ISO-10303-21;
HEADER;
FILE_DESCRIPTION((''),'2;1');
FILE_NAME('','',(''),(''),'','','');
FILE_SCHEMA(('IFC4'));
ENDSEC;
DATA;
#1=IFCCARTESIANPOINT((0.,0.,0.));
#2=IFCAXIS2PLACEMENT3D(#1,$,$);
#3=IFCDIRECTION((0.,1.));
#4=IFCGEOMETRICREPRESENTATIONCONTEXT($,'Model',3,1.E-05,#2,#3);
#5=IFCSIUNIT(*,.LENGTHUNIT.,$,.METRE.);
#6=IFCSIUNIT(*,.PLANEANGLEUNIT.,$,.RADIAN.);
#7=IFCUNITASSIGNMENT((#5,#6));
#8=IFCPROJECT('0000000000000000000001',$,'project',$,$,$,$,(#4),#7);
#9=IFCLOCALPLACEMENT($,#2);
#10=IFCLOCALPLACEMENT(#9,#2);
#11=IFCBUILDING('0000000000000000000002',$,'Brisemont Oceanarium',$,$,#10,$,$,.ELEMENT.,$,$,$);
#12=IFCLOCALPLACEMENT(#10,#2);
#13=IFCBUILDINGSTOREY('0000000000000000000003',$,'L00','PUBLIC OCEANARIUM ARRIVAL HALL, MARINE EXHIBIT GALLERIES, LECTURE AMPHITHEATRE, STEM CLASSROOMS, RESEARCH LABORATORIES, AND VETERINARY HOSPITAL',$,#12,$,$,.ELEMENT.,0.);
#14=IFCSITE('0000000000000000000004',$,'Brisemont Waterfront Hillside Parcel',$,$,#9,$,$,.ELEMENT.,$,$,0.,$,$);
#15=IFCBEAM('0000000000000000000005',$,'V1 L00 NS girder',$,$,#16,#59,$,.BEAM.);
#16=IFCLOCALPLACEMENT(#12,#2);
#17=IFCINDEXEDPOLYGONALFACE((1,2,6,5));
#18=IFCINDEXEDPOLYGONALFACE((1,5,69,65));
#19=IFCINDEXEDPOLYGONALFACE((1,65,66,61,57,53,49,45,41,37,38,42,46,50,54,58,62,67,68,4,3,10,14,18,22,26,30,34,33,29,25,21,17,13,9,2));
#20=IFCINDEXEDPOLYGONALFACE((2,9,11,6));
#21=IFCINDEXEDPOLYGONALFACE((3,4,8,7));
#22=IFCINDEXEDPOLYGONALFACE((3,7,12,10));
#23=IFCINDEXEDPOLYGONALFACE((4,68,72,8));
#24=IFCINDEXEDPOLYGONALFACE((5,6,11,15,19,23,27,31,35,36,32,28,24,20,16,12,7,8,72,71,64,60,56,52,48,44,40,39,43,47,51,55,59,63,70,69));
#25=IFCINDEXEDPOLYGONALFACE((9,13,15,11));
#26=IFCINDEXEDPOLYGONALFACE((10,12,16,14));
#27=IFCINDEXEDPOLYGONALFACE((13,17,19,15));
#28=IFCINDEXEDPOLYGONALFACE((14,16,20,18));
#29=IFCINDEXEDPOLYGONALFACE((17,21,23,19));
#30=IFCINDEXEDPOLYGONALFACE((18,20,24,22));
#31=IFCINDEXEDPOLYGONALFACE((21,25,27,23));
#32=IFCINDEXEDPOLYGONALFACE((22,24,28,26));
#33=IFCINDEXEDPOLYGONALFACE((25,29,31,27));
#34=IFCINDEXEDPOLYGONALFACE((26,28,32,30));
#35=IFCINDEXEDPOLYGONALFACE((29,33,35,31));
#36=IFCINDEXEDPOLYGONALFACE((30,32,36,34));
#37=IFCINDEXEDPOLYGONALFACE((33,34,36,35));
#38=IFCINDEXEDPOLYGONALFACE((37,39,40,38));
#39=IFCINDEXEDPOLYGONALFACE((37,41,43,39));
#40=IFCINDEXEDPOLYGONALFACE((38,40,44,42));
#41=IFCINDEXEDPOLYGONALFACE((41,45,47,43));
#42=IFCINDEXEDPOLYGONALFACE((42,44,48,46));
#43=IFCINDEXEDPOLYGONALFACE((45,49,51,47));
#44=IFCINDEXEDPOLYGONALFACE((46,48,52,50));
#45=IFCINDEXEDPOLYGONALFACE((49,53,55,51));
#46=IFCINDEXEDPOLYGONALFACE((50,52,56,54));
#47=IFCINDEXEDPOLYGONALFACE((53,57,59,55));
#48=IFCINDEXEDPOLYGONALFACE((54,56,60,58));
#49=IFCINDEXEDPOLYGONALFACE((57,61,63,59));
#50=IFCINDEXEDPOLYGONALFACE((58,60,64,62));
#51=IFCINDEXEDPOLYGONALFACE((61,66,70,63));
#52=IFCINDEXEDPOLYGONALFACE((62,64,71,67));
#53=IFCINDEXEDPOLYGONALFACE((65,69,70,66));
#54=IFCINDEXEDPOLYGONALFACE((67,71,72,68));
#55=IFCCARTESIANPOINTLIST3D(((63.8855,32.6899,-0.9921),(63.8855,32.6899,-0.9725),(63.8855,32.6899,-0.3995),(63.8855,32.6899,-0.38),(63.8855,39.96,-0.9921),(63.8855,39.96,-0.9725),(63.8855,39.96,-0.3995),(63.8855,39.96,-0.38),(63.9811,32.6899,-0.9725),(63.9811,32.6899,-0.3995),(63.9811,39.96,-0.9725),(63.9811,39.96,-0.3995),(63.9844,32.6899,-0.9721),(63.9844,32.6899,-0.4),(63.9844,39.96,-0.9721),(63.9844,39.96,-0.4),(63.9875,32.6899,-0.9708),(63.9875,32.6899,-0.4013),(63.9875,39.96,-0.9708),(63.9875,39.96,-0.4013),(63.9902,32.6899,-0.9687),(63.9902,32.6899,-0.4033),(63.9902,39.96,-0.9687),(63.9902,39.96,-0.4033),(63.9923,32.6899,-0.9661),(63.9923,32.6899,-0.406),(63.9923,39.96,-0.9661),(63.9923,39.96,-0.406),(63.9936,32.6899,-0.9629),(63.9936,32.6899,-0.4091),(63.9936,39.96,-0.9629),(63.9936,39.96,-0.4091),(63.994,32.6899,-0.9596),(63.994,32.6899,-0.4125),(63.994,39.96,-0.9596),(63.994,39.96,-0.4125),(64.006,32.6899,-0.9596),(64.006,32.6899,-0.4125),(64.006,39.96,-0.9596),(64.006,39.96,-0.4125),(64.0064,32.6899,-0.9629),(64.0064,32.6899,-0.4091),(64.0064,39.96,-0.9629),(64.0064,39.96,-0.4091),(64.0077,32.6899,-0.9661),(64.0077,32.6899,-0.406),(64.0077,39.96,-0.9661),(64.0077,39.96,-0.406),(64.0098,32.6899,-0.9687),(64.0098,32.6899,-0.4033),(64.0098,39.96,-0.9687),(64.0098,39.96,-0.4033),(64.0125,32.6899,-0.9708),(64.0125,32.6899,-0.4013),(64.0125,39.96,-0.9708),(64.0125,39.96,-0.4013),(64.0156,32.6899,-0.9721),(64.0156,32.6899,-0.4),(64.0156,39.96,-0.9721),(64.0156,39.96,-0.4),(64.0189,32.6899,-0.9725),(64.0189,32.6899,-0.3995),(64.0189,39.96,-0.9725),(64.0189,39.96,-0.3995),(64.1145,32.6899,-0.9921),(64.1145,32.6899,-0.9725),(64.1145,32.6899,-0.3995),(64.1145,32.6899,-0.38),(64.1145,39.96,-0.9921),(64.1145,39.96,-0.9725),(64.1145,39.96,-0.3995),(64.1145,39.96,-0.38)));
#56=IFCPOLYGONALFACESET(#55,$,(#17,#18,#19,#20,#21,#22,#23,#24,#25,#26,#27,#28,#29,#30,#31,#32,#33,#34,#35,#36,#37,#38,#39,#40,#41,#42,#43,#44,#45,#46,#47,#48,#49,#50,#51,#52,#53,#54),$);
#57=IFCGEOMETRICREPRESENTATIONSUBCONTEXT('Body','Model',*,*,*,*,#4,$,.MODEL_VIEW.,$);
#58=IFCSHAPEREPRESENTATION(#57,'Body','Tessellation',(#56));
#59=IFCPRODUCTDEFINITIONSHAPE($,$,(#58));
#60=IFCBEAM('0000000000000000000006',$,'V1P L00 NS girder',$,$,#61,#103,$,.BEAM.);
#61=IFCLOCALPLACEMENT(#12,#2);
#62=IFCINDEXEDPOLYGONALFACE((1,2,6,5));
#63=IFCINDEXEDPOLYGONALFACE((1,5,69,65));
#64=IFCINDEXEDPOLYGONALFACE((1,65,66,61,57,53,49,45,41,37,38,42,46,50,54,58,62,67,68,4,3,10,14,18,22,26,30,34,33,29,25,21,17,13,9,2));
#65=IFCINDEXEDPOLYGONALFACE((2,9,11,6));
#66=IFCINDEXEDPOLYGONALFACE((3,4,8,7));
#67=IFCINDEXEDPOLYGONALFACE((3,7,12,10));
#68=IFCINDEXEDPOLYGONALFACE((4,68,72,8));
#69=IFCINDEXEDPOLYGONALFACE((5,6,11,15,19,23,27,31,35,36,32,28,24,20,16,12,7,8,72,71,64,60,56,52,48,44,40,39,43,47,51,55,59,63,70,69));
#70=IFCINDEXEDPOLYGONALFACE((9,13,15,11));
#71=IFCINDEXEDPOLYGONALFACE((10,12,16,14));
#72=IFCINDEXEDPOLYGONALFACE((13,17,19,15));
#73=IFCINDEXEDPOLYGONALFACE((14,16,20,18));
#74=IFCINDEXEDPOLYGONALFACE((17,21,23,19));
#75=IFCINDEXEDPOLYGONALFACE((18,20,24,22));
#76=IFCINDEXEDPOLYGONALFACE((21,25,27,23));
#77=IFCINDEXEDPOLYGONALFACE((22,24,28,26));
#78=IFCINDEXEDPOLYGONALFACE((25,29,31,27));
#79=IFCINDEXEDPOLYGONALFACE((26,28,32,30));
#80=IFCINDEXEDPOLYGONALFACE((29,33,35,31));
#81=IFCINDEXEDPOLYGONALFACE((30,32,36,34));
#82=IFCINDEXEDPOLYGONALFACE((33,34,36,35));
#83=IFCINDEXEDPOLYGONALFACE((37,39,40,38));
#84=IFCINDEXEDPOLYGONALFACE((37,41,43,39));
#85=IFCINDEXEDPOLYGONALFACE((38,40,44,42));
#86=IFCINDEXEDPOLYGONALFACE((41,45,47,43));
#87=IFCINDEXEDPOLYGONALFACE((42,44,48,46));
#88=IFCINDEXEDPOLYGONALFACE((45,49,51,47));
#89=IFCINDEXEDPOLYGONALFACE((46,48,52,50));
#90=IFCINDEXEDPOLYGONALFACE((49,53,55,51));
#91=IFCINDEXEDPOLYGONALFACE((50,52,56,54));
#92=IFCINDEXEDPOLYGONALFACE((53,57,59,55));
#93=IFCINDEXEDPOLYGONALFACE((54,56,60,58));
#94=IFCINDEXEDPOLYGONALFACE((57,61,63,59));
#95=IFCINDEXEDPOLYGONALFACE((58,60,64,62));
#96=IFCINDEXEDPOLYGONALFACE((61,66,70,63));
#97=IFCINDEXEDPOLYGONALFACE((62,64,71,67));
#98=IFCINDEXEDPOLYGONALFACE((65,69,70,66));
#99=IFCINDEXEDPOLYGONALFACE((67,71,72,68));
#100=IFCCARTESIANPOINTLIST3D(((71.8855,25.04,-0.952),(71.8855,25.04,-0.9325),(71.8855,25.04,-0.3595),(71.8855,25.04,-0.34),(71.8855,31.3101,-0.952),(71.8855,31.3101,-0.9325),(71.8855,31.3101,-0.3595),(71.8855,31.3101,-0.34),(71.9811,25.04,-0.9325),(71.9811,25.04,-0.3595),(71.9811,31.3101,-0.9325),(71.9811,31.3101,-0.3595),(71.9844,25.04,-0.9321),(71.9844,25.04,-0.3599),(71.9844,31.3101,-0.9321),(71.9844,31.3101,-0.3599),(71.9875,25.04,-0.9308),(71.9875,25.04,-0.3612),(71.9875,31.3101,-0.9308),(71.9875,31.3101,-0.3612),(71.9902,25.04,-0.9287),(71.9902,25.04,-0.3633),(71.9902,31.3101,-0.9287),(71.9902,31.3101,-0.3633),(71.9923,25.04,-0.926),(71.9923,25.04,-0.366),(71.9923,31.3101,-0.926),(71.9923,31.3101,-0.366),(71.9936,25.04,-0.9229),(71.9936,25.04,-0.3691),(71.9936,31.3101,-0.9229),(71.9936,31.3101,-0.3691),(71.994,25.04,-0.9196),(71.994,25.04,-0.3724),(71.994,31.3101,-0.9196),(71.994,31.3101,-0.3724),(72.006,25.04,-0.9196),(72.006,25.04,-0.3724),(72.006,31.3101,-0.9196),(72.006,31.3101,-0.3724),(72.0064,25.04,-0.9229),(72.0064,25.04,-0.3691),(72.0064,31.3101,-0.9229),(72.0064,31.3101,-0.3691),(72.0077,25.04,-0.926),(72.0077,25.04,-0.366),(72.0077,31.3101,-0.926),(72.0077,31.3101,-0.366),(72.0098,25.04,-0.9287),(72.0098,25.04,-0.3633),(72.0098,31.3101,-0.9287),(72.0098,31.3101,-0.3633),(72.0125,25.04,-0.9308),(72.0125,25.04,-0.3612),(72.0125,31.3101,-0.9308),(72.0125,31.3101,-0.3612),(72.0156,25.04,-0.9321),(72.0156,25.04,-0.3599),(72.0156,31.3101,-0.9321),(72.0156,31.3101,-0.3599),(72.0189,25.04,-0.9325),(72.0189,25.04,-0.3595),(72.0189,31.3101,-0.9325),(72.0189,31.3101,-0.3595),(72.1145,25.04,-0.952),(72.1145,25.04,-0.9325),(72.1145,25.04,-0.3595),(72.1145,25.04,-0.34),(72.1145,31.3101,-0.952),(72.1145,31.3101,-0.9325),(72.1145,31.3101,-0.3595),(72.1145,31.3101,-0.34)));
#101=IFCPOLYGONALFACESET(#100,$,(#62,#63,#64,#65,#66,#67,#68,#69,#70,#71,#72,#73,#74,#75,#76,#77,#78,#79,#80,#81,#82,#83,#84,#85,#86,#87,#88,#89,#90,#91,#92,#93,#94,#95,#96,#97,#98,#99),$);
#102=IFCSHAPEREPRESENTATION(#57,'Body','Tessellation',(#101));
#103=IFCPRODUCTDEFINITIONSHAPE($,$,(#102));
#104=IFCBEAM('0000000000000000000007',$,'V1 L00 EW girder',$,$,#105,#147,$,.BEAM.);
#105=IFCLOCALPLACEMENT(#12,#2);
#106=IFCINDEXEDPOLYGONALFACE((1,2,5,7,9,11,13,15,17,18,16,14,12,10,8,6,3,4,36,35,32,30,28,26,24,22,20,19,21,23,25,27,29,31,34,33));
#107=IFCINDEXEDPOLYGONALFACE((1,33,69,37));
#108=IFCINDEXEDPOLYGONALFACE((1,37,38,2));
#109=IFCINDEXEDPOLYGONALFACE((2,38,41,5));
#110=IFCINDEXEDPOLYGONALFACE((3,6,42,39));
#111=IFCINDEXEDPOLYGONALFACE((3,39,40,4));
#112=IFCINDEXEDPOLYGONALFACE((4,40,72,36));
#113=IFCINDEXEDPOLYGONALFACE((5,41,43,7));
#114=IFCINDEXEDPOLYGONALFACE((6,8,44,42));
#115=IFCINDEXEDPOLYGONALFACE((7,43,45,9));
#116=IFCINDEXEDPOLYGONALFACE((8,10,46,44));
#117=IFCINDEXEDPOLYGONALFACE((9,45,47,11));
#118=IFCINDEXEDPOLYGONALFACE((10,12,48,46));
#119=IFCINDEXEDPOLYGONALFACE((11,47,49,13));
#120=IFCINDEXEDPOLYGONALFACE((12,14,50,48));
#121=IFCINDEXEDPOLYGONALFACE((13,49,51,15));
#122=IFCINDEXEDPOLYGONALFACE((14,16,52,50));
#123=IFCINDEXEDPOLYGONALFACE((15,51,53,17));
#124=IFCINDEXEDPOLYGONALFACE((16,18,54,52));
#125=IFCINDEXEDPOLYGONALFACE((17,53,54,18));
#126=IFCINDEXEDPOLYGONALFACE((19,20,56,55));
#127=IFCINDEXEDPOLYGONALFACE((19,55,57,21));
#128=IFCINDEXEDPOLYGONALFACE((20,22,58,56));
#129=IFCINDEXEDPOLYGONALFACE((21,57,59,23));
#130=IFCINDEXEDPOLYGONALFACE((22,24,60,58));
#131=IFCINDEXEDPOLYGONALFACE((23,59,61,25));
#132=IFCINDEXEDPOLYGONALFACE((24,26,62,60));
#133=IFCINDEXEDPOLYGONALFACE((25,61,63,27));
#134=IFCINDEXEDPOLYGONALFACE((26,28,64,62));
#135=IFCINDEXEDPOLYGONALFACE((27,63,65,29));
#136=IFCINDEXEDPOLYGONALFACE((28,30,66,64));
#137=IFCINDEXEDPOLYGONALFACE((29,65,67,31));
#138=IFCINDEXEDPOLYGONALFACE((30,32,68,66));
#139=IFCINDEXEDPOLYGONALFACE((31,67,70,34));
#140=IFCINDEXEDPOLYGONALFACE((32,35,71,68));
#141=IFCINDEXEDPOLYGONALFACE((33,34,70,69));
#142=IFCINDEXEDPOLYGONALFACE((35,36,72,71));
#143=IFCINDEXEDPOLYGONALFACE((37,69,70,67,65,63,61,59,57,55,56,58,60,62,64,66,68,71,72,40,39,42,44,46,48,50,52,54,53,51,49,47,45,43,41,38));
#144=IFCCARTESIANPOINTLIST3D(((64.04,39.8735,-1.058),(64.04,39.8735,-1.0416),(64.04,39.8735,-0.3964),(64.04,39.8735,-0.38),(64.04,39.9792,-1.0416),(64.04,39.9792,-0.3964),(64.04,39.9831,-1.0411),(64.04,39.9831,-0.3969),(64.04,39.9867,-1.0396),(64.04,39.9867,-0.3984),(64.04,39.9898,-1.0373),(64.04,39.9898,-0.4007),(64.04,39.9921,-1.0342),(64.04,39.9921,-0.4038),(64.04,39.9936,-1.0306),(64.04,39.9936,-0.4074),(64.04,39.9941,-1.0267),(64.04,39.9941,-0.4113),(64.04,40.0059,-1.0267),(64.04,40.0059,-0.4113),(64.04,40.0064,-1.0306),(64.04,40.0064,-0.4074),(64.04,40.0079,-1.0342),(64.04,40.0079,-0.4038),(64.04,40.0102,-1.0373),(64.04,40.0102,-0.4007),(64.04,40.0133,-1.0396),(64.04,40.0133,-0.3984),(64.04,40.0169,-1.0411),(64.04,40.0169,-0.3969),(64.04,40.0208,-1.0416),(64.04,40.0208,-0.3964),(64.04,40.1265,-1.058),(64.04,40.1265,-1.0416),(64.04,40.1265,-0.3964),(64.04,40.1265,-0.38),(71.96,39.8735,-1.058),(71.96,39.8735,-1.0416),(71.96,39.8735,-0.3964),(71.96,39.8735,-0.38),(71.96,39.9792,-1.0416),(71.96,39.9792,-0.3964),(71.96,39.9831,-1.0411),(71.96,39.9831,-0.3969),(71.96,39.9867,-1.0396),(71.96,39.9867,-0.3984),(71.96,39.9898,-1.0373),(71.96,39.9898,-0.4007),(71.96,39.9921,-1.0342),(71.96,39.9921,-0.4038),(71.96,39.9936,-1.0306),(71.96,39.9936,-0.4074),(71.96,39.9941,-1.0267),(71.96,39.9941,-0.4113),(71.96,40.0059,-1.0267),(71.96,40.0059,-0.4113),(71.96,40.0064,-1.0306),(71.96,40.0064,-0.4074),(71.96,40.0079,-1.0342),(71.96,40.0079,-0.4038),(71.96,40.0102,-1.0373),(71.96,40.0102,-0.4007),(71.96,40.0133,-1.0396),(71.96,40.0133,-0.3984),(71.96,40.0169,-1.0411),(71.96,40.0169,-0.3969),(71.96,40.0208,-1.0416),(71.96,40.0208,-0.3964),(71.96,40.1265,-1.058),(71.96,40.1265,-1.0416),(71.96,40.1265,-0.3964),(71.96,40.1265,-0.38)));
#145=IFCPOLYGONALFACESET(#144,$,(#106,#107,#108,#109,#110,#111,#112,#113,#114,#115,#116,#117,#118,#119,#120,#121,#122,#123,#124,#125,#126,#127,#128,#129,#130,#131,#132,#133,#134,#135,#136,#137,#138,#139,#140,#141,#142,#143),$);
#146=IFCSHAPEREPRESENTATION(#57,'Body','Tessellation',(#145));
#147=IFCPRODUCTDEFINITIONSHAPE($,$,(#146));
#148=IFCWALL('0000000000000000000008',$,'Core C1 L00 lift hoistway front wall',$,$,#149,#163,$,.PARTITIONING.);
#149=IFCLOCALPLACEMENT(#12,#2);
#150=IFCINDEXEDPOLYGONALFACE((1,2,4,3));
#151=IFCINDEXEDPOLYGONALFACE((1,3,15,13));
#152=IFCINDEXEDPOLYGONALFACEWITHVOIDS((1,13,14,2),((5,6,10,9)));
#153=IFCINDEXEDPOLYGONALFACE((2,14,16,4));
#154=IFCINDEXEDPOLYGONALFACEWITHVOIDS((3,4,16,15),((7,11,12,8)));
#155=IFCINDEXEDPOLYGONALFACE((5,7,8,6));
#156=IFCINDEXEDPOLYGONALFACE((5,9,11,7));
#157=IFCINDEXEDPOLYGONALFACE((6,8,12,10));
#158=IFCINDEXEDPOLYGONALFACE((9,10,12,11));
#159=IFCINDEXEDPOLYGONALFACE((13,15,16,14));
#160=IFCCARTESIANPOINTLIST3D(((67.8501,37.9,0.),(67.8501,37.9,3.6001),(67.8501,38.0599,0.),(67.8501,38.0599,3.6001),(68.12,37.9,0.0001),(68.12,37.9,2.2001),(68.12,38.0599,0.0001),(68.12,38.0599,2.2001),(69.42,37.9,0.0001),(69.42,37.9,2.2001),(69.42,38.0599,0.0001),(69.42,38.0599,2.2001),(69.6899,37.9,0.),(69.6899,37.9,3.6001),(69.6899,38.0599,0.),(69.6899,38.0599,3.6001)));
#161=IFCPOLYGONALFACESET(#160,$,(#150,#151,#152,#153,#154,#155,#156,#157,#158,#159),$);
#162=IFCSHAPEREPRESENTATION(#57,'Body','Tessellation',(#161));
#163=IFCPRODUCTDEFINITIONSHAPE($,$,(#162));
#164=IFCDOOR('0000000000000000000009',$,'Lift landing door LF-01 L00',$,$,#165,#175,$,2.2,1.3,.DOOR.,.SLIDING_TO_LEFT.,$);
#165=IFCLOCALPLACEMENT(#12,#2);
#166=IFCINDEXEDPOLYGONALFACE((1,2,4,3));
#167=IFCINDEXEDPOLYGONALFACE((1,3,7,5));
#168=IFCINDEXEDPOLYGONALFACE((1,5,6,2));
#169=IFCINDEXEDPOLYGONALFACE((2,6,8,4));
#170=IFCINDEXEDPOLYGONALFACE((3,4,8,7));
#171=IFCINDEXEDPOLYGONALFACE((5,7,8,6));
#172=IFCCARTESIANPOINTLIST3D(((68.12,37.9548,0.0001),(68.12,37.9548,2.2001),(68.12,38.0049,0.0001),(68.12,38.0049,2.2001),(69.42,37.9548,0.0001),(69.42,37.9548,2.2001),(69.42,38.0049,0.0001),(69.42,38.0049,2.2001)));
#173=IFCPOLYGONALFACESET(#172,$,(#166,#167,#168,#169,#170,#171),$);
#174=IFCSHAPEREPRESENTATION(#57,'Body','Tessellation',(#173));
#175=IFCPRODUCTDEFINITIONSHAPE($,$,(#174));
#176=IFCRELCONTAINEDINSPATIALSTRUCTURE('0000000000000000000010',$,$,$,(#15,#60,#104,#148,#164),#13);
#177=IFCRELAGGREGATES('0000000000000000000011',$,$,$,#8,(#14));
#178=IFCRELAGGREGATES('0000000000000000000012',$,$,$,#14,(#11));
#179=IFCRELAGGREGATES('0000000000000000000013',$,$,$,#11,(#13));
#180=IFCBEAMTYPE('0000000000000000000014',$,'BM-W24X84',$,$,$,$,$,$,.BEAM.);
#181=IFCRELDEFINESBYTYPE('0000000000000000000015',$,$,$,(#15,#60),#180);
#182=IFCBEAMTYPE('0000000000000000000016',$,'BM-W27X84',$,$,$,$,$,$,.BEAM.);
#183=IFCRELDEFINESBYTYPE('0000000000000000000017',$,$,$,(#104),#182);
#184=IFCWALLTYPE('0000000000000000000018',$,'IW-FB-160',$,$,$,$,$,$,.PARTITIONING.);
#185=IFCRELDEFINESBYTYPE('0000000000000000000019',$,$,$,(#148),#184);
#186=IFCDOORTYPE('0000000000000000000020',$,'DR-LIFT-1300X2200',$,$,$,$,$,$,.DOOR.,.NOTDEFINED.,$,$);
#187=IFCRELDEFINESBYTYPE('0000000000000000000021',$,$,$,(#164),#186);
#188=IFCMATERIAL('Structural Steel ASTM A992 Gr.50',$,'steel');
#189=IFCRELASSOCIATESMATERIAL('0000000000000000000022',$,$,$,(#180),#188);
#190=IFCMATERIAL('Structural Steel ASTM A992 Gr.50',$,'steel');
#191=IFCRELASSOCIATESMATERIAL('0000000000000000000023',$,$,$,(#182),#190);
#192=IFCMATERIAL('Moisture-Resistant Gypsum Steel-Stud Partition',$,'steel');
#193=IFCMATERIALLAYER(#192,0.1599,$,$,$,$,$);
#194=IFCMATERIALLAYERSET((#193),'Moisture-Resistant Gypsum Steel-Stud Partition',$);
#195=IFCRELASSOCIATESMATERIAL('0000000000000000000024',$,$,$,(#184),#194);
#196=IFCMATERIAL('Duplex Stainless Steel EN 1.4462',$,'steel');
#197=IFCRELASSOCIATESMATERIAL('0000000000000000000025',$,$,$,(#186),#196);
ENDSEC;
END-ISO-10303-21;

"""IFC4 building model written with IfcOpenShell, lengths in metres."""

from ifc_helpers import new_model, si_unit, direction, frame, frame_2d, origin, origin_2d, place, context, subcontext, project, spatial, rectangle, i_section, extrude, material, layer, layer_set, material_profile, profile_set, type_object, element, fill, save


model = new_model("IFC4")

# Units and contexts
model_context = context("Model", 3, precision=1e-05, world=origin(), true_north=direction((0.0, 1.0)))
body_context = subcontext(model_context, "Body", "Model", "MODEL_VIEW")
ifc_project = project(units=[si_unit("LENGTHUNIT", "METRE"), si_unit("PLANEANGLEUNIT", "RADIAN")], contexts=[model_context])

# Site, building, storey
site_placement = place(None, origin())
site = spatial("IfcSite", under=ifc_project, at=site_placement, Name="Brisemont Waterfront Hillside Parcel", CompositionType="ELEMENT", RefElevation=0.0)
building_placement = place(site_placement, origin())
building = spatial("IfcBuilding", under=site, at=building_placement, Name="Brisemont Oceanarium", CompositionType="ELEMENT")
storey_placement = place(building_placement, origin())
storey = spatial("IfcBuildingStorey", under=building, at=storey_placement, Name="L00", Description="PUBLIC OCEANARIUM ARRIVAL HALL, MARINE EXHIBIT GALLERIES, LECTURE AMPHITHEATRE, STEM CLASSROOMS, RESEARCH LABORATORIES, AND VETERINARY HOSPITAL", CompositionType="ELEMENT", Elevation=0.0)

# Beams
ifc_material_1 = material(Name="Structural Steel ASTM A992 Gr.50", Category="steel")
ifc_material_profile_1 = material_profile(ifc_material_1, i_section(OverallWidth=0.229, OverallDepth=0.6121, WebThickness=0.012, FlangeThickness=0.0195, FilletRadius=0.0129, at=origin_2d()), Name="W24X84")
ifc_profile_set_1 = profile_set([ifc_material_profile_1], Name="Structural Steel ASTM A992 Gr.50")
beam_type_1 = type_object("IfcBeamType", Name="BM-W24X84", PredefinedType="BEAM", material=ifc_profile_set_1)
beam_1_placement = place(storey_placement, frame((64.0, 32.6899, -0.686), z_axis=(0.0, 1.0, 0.0), x_axis=(-1.0, 0.0, 0.0)))
element("IfcBeam", 1, at=beam_1_placement, inside=storey, type_object=beam_type_1, Name="V1 L00 NS girder", PredefinedType="BEAM", context=body_context, shape_type="SweptSolid", body=[
    extrude(i_section(OverallWidth=0.229, OverallDepth=0.6121, WebThickness=0.012, FlangeThickness=0.0195, FilletRadius=0.0129, at=origin_2d()), origin(), (0.0, 0.0, 1.0), 7.27),
])
beam_2_placement = place(storey_placement, frame((72.0, 25.04, -0.646), z_axis=(0.0, 1.0, 0.0), x_axis=(-1.0, 0.0, 0.0)))
element("IfcBeam", 2, at=beam_2_placement, inside=storey, type_object=beam_type_1, Name="V1P L00 NS girder", PredefinedType="BEAM", context=body_context, shape_type="SweptSolid", body=[
    extrude(i_section(OverallWidth=0.229, OverallDepth=0.6121, WebThickness=0.012, FlangeThickness=0.0195, FilletRadius=0.0129, at=origin_2d()), origin(), (0.0, 0.0, 1.0), 6.27),
])
ifc_material_2 = material(Name="Structural Steel ASTM A992 Gr.50", Category="steel")
ifc_material_profile_2 = material_profile(ifc_material_2, i_section(OverallWidth=0.2529, OverallDepth=0.678, WebThickness=0.0117, FlangeThickness=0.0164, FilletRadius=0.0149, at=origin_2d()), Name="W27X84")
ifc_profile_set_2 = profile_set([ifc_material_profile_2], Name="Structural Steel ASTM A992 Gr.50")
beam_type_2 = type_object("IfcBeamType", Name="BM-W27X84", PredefinedType="BEAM", material=ifc_profile_set_2)
beam_3_placement = place(storey_placement, frame((64.04, 40.0, -0.719), z_axis=(1.0, 0.0, 0.0), x_axis=(0.0, 1.0, 0.0)))
element("IfcBeam", 3, at=beam_3_placement, inside=storey, type_object=beam_type_2, Name="V1 L00 EW girder", PredefinedType="BEAM", context=body_context, shape_type="SweptSolid", body=[
    extrude(i_section(OverallWidth=0.2529, OverallDepth=0.678, WebThickness=0.0117, FlangeThickness=0.0164, FilletRadius=0.0149, at=origin_2d()), origin(), (0.0, 0.0, 1.0), 7.9199),
])

# Wall, opening, door
ifc_material_3 = material(Name="Moisture-Resistant Gypsum Steel-Stud Partition", Category="steel")
ifc_layer_1 = layer(ifc_material_3, 0.1599)
ifc_layer_set_1 = layer_set([ifc_layer_1], Name="Moisture-Resistant Gypsum Steel-Stud Partition")
wall_type_1 = type_object("IfcWallType", Name="IW-FB-160", PredefinedType="PARTITIONING", material=ifc_layer_set_1)
wall_1_placement = place(storey_placement, frame((67.8501, 37.98, 0.0), z_axis=(0.0, 0.0, 1.0), x_axis=(1.0, 0.0, 0.0)))
wall_1 = element("IfcWall", 4, at=wall_1_placement, inside=storey, type_object=wall_type_1, Name="Core C1 L00 lift hoistway front wall", PredefinedType="PARTITIONING", context=body_context, shape_type="SweptSolid", body=[
    extrude(rectangle(XDim=1.8398, YDim=0.1599, at=frame_2d((0.9199, 0.0))), origin(), (0.0, 0.0, 1.0), 3.6001),
])
opening_placement = place(wall_1_placement, frame((0.27, 0.0, 0.0)))
opening = element("IfcOpeningElement", 5, at=opening_placement, cuts=wall_1, PredefinedType="OPENING", context=body_context, shape_type="SweptSolid", body=[
    extrude(rectangle(XDim=1.3, YDim=2.2, at=frame_2d((0.6499, 1.1001))), frame((0.0, 0.0898, 0.0), z_axis=(0.0, -1.0, 0.0), x_axis=(1.0, 0.0, 0.0)), (0.0, 0.0, 1.0), 0.1799),
])
ifc_material_4 = material(Name="Duplex Stainless Steel EN 1.4462", Category="steel")
door_type = type_object("IfcDoorType", Name="DR-LIFT-1300X2200", OperationType="NOTDEFINED", PredefinedType="DOOR", material=ifc_material_4)
door_placement = place(opening_placement, origin())
door = element("IfcDoor", 6, at=door_placement, inside=storey, type_object=door_type, Name="Lift landing door LF-01 L00", OperationType="SLIDING_TO_LEFT", OverallHeight=2.2, OverallWidth=1.3, PredefinedType="DOOR", context=body_context, shape_type="SweptSolid", body=[
    extrude(rectangle(XDim=1.3, YDim=2.2, at=frame_2d((0.6499, 1.1001))), frame((0.0, 0.0249, 0.0), z_axis=(0.0, -1.0, 0.0), x_axis=(1.0, 0.0, 0.0)), (0.0, 0.0, 1.0), 0.05),
])
fill(opening, door)

save(model, "model.ifc")
